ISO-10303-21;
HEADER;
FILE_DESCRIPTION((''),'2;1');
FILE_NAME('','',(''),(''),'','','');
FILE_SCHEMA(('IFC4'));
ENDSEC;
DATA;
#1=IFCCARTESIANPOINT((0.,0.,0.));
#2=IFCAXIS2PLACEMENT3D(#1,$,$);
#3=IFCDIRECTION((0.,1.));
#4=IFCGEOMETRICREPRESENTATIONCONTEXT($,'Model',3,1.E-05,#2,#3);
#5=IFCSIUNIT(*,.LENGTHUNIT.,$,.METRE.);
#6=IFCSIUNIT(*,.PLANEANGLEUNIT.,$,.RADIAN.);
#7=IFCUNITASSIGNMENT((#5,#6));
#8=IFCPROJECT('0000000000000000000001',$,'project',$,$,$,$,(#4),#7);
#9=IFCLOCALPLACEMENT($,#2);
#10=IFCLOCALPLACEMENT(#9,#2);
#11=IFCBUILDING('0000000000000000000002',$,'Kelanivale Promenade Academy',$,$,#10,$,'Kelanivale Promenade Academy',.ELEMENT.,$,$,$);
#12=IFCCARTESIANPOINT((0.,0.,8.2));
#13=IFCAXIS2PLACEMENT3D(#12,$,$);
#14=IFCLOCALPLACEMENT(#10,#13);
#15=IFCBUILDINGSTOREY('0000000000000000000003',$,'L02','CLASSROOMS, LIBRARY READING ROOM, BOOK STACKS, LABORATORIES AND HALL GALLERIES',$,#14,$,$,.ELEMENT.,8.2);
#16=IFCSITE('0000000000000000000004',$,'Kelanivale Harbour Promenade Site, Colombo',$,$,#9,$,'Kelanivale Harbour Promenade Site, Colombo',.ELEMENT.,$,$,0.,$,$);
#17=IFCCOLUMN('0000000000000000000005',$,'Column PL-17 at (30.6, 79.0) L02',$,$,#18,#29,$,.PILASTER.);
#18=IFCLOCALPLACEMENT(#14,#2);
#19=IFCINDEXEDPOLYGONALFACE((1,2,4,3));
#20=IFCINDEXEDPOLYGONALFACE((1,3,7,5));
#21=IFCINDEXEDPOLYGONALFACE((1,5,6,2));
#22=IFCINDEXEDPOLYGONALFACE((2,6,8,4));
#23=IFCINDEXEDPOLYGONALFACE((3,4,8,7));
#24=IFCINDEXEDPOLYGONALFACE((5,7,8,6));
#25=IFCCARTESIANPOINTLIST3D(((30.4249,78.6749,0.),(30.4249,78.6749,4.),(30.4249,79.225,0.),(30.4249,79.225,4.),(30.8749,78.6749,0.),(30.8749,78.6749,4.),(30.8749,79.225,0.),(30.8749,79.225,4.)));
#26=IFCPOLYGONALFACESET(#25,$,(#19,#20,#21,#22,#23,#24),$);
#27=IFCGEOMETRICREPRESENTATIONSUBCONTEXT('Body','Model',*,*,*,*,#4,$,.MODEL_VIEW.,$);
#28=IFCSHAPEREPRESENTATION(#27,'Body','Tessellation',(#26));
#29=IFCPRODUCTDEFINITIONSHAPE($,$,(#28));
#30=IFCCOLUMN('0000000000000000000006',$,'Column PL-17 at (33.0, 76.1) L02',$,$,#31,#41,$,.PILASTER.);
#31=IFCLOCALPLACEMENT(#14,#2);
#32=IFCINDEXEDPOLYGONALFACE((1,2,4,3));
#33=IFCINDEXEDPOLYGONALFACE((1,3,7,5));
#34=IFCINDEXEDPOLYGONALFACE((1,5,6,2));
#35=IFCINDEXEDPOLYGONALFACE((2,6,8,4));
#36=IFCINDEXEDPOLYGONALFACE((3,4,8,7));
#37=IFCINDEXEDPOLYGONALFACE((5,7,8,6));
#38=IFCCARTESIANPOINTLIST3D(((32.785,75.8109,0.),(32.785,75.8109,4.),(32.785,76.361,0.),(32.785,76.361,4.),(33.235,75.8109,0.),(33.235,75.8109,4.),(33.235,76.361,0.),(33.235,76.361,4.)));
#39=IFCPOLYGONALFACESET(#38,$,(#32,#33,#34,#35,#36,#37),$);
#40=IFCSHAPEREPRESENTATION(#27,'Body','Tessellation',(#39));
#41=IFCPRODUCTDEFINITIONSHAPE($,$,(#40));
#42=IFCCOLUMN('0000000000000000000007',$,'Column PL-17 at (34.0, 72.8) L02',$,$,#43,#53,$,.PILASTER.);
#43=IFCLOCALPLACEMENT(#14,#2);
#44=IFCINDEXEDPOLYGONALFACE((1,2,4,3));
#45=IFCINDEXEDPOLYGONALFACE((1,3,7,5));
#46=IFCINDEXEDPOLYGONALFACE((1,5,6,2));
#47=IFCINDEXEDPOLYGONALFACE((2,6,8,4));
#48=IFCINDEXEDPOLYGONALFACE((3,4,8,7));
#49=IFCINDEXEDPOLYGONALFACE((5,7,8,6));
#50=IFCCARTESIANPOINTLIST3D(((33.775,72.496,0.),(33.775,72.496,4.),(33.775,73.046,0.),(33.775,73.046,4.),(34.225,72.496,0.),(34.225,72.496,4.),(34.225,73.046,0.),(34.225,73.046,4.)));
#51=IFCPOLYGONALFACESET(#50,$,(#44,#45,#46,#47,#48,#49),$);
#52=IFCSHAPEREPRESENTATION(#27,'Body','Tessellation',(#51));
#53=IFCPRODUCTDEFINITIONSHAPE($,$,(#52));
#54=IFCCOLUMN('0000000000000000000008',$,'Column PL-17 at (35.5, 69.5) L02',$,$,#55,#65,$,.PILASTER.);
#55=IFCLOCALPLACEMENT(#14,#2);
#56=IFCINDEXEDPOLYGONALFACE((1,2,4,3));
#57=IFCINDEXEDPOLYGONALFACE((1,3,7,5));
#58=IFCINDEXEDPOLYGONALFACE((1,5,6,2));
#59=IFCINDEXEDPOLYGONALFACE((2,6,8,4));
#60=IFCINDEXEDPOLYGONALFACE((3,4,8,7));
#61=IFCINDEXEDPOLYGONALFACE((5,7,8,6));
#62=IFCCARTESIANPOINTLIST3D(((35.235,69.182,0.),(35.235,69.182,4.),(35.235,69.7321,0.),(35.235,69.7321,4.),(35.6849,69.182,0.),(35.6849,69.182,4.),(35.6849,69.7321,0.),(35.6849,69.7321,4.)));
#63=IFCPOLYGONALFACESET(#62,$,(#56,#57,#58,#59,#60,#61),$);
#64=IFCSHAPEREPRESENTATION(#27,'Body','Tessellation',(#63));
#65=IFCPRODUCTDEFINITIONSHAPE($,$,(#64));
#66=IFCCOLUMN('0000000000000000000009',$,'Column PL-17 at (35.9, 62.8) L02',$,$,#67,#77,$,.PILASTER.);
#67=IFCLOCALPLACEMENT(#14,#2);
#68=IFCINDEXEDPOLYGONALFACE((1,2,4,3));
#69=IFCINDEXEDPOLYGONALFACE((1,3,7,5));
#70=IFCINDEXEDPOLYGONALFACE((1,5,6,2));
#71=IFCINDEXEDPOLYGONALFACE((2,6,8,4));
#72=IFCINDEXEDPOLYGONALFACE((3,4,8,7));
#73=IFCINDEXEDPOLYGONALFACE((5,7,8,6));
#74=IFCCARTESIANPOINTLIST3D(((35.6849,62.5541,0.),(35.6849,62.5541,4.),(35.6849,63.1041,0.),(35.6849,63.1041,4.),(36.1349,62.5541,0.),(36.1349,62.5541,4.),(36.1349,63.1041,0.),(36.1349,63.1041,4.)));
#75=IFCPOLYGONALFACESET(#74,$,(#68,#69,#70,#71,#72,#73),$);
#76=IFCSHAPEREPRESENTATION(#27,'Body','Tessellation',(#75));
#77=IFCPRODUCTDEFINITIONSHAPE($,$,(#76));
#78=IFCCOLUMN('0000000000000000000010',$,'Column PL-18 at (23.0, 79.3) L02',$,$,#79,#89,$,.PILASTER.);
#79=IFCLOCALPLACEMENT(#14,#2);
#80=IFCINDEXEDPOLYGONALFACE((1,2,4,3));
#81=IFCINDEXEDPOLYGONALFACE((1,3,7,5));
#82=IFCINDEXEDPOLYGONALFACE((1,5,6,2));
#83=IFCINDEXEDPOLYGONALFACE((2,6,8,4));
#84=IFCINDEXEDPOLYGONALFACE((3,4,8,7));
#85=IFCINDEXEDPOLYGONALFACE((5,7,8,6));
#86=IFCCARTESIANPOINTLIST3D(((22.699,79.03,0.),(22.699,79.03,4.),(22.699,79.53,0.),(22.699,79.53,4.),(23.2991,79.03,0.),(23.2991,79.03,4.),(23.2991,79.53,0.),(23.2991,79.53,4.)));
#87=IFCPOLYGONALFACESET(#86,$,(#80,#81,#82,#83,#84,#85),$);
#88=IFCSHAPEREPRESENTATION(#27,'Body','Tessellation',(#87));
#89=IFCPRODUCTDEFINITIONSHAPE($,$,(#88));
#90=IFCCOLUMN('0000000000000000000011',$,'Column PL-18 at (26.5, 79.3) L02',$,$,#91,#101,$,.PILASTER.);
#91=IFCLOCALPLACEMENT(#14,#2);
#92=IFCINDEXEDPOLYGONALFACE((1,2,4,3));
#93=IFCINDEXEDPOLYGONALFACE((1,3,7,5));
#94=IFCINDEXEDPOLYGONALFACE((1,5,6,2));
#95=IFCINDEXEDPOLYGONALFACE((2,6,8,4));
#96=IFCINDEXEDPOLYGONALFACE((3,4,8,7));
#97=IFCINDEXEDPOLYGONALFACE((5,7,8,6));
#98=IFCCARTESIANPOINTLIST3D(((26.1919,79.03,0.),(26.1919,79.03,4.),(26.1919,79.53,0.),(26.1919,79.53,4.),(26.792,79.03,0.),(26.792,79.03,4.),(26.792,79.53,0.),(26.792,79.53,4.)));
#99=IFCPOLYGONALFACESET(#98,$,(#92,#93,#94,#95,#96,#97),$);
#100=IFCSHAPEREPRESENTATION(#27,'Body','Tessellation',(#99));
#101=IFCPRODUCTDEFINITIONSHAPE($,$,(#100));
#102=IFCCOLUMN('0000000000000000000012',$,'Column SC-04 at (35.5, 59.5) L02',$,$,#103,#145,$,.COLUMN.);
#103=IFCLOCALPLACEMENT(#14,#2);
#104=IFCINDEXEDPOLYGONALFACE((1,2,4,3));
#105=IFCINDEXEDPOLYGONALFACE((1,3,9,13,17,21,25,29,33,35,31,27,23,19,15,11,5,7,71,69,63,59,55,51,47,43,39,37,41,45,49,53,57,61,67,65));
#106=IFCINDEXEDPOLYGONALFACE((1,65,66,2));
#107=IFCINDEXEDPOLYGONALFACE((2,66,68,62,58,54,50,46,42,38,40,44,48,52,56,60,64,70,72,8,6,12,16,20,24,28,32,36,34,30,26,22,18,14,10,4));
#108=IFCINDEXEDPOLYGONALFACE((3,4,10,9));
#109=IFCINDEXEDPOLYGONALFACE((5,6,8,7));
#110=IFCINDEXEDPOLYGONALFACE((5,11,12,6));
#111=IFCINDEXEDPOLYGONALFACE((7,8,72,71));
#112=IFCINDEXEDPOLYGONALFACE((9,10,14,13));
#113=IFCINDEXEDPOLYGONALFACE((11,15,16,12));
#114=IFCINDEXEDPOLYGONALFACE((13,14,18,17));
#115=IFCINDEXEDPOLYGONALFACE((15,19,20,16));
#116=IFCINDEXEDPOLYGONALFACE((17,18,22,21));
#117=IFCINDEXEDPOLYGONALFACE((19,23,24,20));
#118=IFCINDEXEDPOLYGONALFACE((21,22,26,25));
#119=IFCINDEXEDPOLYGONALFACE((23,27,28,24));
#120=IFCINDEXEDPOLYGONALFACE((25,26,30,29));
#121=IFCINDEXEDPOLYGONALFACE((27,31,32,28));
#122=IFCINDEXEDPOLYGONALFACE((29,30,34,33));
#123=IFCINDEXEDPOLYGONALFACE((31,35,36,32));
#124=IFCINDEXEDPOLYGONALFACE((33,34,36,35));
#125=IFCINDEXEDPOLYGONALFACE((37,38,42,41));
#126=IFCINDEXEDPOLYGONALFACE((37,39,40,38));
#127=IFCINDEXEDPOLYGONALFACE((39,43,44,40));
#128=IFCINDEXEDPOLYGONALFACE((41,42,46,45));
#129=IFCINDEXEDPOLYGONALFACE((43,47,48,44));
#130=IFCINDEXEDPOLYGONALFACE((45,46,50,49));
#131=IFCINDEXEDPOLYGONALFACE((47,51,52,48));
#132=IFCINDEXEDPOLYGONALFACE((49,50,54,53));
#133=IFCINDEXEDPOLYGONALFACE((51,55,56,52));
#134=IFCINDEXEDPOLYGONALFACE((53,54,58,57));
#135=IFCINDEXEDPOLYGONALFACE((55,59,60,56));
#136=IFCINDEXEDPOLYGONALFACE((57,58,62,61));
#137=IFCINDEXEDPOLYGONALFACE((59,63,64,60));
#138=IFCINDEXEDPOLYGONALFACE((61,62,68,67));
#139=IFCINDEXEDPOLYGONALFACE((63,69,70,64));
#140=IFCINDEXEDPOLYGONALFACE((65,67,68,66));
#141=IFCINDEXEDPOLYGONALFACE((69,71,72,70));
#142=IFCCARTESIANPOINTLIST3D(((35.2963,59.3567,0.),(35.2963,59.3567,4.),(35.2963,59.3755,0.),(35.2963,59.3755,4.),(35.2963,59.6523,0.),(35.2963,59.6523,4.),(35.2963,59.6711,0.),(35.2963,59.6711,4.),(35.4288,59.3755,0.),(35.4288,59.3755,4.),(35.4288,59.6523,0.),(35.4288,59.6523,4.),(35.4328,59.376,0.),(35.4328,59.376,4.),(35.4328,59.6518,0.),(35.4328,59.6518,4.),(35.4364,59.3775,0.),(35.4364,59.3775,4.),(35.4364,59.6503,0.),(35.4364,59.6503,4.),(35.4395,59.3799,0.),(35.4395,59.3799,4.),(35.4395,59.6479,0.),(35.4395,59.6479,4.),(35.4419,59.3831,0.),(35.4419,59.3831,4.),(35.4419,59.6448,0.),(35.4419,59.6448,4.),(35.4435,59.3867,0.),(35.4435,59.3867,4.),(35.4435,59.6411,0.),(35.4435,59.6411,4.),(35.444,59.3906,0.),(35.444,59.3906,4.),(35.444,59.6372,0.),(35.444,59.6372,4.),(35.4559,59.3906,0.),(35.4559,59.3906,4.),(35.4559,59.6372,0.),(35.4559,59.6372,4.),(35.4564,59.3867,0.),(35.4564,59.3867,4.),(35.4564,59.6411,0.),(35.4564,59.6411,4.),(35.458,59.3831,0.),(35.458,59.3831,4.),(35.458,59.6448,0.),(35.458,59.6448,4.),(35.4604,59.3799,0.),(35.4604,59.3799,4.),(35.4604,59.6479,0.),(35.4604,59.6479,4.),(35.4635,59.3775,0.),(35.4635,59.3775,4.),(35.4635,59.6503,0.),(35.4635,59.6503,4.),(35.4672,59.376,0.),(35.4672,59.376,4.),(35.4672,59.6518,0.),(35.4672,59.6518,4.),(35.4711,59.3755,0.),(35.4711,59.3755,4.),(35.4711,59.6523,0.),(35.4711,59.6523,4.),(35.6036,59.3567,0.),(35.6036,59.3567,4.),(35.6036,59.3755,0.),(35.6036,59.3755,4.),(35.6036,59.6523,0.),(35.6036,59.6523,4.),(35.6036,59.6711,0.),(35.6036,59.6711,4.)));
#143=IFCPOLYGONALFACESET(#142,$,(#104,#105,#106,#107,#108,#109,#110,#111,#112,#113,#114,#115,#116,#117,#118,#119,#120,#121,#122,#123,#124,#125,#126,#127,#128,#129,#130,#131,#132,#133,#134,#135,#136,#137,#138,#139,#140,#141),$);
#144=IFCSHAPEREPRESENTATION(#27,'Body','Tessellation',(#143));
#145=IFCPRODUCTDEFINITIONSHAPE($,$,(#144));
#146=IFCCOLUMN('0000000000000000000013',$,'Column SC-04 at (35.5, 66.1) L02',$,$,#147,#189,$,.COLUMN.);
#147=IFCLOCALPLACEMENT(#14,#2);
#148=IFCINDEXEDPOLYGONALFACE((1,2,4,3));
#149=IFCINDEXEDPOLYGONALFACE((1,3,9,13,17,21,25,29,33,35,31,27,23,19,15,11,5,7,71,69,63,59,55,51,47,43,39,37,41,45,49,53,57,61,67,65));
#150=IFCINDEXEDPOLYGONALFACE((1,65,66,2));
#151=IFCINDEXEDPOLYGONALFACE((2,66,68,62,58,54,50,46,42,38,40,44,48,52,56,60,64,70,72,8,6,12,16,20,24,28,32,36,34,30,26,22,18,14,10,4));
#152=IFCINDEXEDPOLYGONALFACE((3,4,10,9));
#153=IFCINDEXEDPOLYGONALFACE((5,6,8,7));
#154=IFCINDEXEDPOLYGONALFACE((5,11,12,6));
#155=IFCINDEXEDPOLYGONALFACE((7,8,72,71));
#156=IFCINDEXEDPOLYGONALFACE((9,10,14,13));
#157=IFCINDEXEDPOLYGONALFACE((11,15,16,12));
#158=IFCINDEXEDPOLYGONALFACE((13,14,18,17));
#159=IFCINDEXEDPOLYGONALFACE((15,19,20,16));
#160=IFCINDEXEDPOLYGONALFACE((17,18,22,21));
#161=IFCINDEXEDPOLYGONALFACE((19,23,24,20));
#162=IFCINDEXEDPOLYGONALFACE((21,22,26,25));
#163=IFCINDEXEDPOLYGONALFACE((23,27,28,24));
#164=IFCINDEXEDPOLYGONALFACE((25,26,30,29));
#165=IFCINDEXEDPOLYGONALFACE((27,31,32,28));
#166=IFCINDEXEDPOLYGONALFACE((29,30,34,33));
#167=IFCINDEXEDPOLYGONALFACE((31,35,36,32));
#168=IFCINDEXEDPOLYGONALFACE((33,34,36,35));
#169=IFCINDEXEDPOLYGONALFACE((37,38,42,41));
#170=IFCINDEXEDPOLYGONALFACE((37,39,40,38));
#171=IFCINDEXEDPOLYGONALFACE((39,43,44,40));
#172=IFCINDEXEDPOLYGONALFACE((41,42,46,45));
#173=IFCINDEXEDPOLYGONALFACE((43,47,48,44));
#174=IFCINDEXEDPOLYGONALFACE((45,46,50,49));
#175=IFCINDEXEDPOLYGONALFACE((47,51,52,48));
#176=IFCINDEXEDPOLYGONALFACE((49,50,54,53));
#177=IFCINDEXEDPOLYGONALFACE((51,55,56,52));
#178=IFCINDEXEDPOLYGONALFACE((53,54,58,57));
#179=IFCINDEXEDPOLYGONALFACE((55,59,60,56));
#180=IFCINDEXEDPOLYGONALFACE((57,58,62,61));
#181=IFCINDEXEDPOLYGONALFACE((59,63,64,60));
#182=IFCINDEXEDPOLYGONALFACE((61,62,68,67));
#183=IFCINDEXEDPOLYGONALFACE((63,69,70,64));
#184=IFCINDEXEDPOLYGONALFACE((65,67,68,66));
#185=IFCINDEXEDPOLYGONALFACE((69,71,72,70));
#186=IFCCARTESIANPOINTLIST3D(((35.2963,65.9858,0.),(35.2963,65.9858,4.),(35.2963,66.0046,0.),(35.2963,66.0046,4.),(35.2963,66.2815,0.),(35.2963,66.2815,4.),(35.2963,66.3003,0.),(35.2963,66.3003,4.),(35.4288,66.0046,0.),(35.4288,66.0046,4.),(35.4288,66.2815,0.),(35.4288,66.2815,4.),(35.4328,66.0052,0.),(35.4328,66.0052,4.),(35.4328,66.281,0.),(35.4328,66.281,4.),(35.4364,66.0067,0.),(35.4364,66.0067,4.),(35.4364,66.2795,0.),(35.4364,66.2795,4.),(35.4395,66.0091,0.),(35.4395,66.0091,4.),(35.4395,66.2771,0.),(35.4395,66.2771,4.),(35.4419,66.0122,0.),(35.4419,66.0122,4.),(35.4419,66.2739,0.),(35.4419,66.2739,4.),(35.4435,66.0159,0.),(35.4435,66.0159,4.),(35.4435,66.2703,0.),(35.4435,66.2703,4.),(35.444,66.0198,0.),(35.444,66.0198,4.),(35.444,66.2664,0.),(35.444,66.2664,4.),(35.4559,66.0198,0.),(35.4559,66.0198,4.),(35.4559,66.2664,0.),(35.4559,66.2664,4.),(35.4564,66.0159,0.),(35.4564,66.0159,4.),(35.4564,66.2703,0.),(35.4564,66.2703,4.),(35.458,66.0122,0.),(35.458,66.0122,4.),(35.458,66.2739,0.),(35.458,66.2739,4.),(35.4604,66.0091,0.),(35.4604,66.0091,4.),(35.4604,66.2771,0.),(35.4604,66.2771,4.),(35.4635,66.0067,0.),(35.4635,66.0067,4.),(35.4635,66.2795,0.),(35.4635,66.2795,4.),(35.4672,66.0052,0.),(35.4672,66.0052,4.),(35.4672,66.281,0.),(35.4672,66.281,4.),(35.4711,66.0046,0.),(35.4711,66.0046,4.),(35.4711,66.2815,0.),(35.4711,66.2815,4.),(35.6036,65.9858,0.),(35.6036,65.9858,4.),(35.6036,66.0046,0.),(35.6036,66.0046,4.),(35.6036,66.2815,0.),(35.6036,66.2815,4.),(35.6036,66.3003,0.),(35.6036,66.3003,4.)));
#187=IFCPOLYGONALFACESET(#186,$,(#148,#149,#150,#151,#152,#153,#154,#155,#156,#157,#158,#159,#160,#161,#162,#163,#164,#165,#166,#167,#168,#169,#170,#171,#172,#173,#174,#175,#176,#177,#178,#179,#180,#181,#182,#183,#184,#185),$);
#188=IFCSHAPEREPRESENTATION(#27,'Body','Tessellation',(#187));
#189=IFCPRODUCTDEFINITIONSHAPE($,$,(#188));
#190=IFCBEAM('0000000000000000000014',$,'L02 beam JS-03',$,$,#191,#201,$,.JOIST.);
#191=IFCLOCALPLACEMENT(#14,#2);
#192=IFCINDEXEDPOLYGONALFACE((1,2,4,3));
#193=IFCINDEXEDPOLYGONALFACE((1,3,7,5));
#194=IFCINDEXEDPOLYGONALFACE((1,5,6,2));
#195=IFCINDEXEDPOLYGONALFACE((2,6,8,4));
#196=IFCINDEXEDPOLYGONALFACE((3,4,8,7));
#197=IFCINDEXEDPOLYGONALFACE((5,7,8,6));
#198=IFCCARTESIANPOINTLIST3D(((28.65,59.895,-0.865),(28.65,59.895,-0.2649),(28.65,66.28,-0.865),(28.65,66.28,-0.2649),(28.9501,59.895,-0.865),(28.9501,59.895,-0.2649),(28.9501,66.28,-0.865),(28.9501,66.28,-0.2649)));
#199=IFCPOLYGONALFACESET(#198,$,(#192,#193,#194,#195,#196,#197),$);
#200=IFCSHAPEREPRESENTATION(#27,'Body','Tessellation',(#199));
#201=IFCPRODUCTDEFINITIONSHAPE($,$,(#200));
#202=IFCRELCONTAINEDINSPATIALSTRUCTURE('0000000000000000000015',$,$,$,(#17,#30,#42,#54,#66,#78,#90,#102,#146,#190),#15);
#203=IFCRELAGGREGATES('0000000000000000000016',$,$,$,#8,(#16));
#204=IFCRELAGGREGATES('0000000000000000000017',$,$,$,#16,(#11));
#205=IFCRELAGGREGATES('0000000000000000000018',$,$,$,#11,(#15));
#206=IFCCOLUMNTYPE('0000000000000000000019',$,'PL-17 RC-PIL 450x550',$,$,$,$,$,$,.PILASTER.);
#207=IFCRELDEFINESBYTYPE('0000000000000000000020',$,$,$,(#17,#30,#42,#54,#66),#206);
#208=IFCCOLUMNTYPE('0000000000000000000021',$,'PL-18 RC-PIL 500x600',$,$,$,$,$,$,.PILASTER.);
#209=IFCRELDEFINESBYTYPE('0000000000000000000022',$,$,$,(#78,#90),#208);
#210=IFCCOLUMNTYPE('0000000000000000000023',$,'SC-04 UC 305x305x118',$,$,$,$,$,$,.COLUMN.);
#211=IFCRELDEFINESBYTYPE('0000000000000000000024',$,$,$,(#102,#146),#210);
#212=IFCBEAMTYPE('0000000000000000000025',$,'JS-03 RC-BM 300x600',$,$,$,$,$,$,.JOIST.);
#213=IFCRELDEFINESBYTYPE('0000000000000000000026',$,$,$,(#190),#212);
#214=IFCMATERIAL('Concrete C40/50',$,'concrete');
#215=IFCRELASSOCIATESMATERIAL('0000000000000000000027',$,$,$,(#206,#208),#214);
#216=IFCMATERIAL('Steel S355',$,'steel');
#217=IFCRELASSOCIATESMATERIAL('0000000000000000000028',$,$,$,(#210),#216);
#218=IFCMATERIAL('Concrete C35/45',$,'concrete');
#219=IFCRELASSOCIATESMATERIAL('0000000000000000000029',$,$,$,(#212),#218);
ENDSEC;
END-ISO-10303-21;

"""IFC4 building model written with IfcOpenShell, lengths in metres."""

from ifc_helpers import new_model, si_unit, direction, frame, origin, origin_2d, place, context, subcontext, project, spatial, rectangle, i_section, extrude, material, material_profile, profile_set, type_object, element, save


model = new_model("IFC4")

# Units and contexts
model_context = context("Model", 3, precision=1e-05, world=origin(), true_north=direction((0.0, 1.0)))
body_context = subcontext(model_context, "Body", "Model", "MODEL_VIEW")
ifc_project = project(units=[si_unit("LENGTHUNIT", "METRE"), si_unit("PLANEANGLEUNIT", "RADIAN")], contexts=[model_context])

# Site, building, storey
site_placement = place(None, origin())
site = spatial("IfcSite", under=ifc_project, at=site_placement, Name="Kelanivale Harbour Promenade Site, Colombo", LongName="Kelanivale Harbour Promenade Site, Colombo", CompositionType="ELEMENT", RefElevation=0.0)
building_placement = place(site_placement, origin())
building = spatial("IfcBuilding", under=site, at=building_placement, Name="Kelanivale Promenade Academy", LongName="Kelanivale Promenade Academy", CompositionType="ELEMENT")
storey_placement = place(building_placement, frame((0.0, 0.0, 8.2)))
storey = spatial("IfcBuildingStorey", under=building, at=storey_placement, Name="L02", Description="CLASSROOMS, LIBRARY READING ROOM, BOOK STACKS, LABORATORIES AND HALL GALLERIES", CompositionType="ELEMENT", Elevation=8.2)

# Columns
ifc_material_1 = material(Name="Concrete C40/50", Category="concrete")
ifc_material_profile_1 = material_profile(ifc_material_1, rectangle(XDim=0.45, YDim=0.55, at=origin_2d()), Name="RC-PIL 450x550")
ifc_profile_set_1 = profile_set([ifc_material_profile_1], Name="Concrete C40/50")
column_type_1 = type_object("IfcColumnType", Name="PL-17 RC-PIL 450x550", PredefinedType="PILASTER", material=ifc_profile_set_1)
for number, where, z_axis, x_axis, name in (
    (1, (30.6499, 78.95, 0.0), (0.0, 0.0, 1.0), (1.0, 0.0, 0.0), "Column PL-17 at (30.6, 79.0) L02"),
    (2, (33.01, 76.0859, 0.0), (0.0, 0.0, 1.0), (1.0, 0.0, 0.0), "Column PL-17 at (33.0, 76.1) L02"),
    (3, (34.0, 72.771, 0.0), (0.0, 0.0, 1.0), (1.0, 0.0, 0.0), "Column PL-17 at (34.0, 72.8) L02"),
    (4, (35.46, 69.457, 0.0), (0.0, 0.0, 1.0), (1.0, 0.0, 0.0), "Column PL-17 at (35.5, 69.5) L02"),
    (5, (35.9099, 62.8291, 0.0), (0.0, 0.0, 1.0), (1.0, 0.0, 0.0), "Column PL-17 at (35.9, 62.8) L02"),
):
    element("IfcColumn", number, at=place(storey_placement, frame(where, z_axis=z_axis, x_axis=x_axis)), inside=storey, type_object=column_type_1, Name=name, PredefinedType="PILASTER", context=body_context, shape_type="SweptSolid", body=[
        extrude(rectangle(XDim=0.45, YDim=0.55, at=origin_2d()), origin(), (0.0, 0.0, 1.0), 4.0),
    ])
ifc_material_profile_2 = material_profile(ifc_material_1, rectangle(XDim=0.5, YDim=0.6001, at=origin_2d()), Name="RC-PIL 500x600")
ifc_profile_set_2 = profile_set([ifc_material_profile_2], Name="Concrete C40/50")
column_type_2 = type_object("IfcColumnType", Name="PL-18 RC-PIL 500x600", PredefinedType="PILASTER", material=ifc_profile_set_2)
for number, where, z_axis, x_axis, name in (
    (6, (22.999, 79.28, 0.0), (0.0, 0.0, 1.0), (0.0, 1.0, 0.0), "Column PL-18 at (23.0, 79.3) L02"),
    (7, (26.4919, 79.28, 0.0), (0.0, 0.0, 1.0), (0.0, 1.0, 0.0), "Column PL-18 at (26.5, 79.3) L02"),
):
    element("IfcColumn", number, at=place(storey_placement, frame(where, z_axis=z_axis, x_axis=x_axis)), inside=storey, type_object=column_type_2, Name=name, PredefinedType="PILASTER", context=body_context, shape_type="SweptSolid", body=[
        extrude(rectangle(XDim=0.5, YDim=0.6001, at=origin_2d()), origin(), (0.0, 0.0, 1.0), 4.0),
    ])
ifc_material_2 = material(Name="Steel S355", Category="steel")
ifc_material_profile_3 = material_profile(ifc_material_2, i_section(OverallWidth=0.3074, OverallDepth=0.3145, WebThickness=0.012, FlangeThickness=0.0188, FilletRadius=0.0151, at=origin_2d()), Name="UC 305x305x118")
ifc_profile_set_3 = profile_set([ifc_material_profile_3], Name="Steel S355")
column_type_3 = type_object("IfcColumnType", Name="SC-04 UC 305x305x118", PredefinedType="COLUMN", material=ifc_profile_set_3)
for number, where, z_axis, x_axis, name in (
    (8, (35.45, 59.5139, 0.0), (0.0, 0.0, 1.0), (1.0, 0.0, 0.0), "Column SC-04 at (35.5, 59.5) L02"),
    (9, (35.45, 66.1431, 0.0), (0.0, 0.0, 1.0), (1.0, 0.0, 0.0), "Column SC-04 at (35.5, 66.1) L02"),
):
    element("IfcColumn", number, at=place(storey_placement, frame(where, z_axis=z_axis, x_axis=x_axis)), inside=storey, type_object=column_type_3, Name=name, PredefinedType="COLUMN", context=body_context, shape_type="SweptSolid", body=[
        extrude(i_section(OverallWidth=0.3074, OverallDepth=0.3145, WebThickness=0.012, FlangeThickness=0.0188, FilletRadius=0.0151, at=origin_2d()), origin(), (0.0, 0.0, 1.0), 4.0),
    ])

# Beam
ifc_material_3 = material(Name="Concrete C35/45", Category="concrete")
ifc_material_profile_4 = material_profile(ifc_material_3, rectangle(XDim=0.3, YDim=0.6001, at=origin_2d()), Name="RC-BM 300x600")
ifc_profile_set_4 = profile_set([ifc_material_profile_4], Name="Concrete C35/45")
beam_type_1 = type_object("IfcBeamType", Name="JS-03 RC-BM 300x600", PredefinedType="JOIST", material=ifc_profile_set_4)
beam_1_placement = place(storey_placement, frame((28.8, 59.895, -0.5649), z_axis=(0.0, 1.0, 0.0), x_axis=(-1.0, 0.0, 0.0)))
element("IfcBeam", 10, at=beam_1_placement, inside=storey, type_object=beam_type_1, Name="L02 beam JS-03", PredefinedType="JOIST", context=body_context, shape_type="SweptSolid", body=[
    extrude(rectangle(XDim=0.3, YDim=0.6001, at=origin_2d()), origin(), (0.0, 0.0, 1.0), 6.385),
])

save(model, "model.ifc")
